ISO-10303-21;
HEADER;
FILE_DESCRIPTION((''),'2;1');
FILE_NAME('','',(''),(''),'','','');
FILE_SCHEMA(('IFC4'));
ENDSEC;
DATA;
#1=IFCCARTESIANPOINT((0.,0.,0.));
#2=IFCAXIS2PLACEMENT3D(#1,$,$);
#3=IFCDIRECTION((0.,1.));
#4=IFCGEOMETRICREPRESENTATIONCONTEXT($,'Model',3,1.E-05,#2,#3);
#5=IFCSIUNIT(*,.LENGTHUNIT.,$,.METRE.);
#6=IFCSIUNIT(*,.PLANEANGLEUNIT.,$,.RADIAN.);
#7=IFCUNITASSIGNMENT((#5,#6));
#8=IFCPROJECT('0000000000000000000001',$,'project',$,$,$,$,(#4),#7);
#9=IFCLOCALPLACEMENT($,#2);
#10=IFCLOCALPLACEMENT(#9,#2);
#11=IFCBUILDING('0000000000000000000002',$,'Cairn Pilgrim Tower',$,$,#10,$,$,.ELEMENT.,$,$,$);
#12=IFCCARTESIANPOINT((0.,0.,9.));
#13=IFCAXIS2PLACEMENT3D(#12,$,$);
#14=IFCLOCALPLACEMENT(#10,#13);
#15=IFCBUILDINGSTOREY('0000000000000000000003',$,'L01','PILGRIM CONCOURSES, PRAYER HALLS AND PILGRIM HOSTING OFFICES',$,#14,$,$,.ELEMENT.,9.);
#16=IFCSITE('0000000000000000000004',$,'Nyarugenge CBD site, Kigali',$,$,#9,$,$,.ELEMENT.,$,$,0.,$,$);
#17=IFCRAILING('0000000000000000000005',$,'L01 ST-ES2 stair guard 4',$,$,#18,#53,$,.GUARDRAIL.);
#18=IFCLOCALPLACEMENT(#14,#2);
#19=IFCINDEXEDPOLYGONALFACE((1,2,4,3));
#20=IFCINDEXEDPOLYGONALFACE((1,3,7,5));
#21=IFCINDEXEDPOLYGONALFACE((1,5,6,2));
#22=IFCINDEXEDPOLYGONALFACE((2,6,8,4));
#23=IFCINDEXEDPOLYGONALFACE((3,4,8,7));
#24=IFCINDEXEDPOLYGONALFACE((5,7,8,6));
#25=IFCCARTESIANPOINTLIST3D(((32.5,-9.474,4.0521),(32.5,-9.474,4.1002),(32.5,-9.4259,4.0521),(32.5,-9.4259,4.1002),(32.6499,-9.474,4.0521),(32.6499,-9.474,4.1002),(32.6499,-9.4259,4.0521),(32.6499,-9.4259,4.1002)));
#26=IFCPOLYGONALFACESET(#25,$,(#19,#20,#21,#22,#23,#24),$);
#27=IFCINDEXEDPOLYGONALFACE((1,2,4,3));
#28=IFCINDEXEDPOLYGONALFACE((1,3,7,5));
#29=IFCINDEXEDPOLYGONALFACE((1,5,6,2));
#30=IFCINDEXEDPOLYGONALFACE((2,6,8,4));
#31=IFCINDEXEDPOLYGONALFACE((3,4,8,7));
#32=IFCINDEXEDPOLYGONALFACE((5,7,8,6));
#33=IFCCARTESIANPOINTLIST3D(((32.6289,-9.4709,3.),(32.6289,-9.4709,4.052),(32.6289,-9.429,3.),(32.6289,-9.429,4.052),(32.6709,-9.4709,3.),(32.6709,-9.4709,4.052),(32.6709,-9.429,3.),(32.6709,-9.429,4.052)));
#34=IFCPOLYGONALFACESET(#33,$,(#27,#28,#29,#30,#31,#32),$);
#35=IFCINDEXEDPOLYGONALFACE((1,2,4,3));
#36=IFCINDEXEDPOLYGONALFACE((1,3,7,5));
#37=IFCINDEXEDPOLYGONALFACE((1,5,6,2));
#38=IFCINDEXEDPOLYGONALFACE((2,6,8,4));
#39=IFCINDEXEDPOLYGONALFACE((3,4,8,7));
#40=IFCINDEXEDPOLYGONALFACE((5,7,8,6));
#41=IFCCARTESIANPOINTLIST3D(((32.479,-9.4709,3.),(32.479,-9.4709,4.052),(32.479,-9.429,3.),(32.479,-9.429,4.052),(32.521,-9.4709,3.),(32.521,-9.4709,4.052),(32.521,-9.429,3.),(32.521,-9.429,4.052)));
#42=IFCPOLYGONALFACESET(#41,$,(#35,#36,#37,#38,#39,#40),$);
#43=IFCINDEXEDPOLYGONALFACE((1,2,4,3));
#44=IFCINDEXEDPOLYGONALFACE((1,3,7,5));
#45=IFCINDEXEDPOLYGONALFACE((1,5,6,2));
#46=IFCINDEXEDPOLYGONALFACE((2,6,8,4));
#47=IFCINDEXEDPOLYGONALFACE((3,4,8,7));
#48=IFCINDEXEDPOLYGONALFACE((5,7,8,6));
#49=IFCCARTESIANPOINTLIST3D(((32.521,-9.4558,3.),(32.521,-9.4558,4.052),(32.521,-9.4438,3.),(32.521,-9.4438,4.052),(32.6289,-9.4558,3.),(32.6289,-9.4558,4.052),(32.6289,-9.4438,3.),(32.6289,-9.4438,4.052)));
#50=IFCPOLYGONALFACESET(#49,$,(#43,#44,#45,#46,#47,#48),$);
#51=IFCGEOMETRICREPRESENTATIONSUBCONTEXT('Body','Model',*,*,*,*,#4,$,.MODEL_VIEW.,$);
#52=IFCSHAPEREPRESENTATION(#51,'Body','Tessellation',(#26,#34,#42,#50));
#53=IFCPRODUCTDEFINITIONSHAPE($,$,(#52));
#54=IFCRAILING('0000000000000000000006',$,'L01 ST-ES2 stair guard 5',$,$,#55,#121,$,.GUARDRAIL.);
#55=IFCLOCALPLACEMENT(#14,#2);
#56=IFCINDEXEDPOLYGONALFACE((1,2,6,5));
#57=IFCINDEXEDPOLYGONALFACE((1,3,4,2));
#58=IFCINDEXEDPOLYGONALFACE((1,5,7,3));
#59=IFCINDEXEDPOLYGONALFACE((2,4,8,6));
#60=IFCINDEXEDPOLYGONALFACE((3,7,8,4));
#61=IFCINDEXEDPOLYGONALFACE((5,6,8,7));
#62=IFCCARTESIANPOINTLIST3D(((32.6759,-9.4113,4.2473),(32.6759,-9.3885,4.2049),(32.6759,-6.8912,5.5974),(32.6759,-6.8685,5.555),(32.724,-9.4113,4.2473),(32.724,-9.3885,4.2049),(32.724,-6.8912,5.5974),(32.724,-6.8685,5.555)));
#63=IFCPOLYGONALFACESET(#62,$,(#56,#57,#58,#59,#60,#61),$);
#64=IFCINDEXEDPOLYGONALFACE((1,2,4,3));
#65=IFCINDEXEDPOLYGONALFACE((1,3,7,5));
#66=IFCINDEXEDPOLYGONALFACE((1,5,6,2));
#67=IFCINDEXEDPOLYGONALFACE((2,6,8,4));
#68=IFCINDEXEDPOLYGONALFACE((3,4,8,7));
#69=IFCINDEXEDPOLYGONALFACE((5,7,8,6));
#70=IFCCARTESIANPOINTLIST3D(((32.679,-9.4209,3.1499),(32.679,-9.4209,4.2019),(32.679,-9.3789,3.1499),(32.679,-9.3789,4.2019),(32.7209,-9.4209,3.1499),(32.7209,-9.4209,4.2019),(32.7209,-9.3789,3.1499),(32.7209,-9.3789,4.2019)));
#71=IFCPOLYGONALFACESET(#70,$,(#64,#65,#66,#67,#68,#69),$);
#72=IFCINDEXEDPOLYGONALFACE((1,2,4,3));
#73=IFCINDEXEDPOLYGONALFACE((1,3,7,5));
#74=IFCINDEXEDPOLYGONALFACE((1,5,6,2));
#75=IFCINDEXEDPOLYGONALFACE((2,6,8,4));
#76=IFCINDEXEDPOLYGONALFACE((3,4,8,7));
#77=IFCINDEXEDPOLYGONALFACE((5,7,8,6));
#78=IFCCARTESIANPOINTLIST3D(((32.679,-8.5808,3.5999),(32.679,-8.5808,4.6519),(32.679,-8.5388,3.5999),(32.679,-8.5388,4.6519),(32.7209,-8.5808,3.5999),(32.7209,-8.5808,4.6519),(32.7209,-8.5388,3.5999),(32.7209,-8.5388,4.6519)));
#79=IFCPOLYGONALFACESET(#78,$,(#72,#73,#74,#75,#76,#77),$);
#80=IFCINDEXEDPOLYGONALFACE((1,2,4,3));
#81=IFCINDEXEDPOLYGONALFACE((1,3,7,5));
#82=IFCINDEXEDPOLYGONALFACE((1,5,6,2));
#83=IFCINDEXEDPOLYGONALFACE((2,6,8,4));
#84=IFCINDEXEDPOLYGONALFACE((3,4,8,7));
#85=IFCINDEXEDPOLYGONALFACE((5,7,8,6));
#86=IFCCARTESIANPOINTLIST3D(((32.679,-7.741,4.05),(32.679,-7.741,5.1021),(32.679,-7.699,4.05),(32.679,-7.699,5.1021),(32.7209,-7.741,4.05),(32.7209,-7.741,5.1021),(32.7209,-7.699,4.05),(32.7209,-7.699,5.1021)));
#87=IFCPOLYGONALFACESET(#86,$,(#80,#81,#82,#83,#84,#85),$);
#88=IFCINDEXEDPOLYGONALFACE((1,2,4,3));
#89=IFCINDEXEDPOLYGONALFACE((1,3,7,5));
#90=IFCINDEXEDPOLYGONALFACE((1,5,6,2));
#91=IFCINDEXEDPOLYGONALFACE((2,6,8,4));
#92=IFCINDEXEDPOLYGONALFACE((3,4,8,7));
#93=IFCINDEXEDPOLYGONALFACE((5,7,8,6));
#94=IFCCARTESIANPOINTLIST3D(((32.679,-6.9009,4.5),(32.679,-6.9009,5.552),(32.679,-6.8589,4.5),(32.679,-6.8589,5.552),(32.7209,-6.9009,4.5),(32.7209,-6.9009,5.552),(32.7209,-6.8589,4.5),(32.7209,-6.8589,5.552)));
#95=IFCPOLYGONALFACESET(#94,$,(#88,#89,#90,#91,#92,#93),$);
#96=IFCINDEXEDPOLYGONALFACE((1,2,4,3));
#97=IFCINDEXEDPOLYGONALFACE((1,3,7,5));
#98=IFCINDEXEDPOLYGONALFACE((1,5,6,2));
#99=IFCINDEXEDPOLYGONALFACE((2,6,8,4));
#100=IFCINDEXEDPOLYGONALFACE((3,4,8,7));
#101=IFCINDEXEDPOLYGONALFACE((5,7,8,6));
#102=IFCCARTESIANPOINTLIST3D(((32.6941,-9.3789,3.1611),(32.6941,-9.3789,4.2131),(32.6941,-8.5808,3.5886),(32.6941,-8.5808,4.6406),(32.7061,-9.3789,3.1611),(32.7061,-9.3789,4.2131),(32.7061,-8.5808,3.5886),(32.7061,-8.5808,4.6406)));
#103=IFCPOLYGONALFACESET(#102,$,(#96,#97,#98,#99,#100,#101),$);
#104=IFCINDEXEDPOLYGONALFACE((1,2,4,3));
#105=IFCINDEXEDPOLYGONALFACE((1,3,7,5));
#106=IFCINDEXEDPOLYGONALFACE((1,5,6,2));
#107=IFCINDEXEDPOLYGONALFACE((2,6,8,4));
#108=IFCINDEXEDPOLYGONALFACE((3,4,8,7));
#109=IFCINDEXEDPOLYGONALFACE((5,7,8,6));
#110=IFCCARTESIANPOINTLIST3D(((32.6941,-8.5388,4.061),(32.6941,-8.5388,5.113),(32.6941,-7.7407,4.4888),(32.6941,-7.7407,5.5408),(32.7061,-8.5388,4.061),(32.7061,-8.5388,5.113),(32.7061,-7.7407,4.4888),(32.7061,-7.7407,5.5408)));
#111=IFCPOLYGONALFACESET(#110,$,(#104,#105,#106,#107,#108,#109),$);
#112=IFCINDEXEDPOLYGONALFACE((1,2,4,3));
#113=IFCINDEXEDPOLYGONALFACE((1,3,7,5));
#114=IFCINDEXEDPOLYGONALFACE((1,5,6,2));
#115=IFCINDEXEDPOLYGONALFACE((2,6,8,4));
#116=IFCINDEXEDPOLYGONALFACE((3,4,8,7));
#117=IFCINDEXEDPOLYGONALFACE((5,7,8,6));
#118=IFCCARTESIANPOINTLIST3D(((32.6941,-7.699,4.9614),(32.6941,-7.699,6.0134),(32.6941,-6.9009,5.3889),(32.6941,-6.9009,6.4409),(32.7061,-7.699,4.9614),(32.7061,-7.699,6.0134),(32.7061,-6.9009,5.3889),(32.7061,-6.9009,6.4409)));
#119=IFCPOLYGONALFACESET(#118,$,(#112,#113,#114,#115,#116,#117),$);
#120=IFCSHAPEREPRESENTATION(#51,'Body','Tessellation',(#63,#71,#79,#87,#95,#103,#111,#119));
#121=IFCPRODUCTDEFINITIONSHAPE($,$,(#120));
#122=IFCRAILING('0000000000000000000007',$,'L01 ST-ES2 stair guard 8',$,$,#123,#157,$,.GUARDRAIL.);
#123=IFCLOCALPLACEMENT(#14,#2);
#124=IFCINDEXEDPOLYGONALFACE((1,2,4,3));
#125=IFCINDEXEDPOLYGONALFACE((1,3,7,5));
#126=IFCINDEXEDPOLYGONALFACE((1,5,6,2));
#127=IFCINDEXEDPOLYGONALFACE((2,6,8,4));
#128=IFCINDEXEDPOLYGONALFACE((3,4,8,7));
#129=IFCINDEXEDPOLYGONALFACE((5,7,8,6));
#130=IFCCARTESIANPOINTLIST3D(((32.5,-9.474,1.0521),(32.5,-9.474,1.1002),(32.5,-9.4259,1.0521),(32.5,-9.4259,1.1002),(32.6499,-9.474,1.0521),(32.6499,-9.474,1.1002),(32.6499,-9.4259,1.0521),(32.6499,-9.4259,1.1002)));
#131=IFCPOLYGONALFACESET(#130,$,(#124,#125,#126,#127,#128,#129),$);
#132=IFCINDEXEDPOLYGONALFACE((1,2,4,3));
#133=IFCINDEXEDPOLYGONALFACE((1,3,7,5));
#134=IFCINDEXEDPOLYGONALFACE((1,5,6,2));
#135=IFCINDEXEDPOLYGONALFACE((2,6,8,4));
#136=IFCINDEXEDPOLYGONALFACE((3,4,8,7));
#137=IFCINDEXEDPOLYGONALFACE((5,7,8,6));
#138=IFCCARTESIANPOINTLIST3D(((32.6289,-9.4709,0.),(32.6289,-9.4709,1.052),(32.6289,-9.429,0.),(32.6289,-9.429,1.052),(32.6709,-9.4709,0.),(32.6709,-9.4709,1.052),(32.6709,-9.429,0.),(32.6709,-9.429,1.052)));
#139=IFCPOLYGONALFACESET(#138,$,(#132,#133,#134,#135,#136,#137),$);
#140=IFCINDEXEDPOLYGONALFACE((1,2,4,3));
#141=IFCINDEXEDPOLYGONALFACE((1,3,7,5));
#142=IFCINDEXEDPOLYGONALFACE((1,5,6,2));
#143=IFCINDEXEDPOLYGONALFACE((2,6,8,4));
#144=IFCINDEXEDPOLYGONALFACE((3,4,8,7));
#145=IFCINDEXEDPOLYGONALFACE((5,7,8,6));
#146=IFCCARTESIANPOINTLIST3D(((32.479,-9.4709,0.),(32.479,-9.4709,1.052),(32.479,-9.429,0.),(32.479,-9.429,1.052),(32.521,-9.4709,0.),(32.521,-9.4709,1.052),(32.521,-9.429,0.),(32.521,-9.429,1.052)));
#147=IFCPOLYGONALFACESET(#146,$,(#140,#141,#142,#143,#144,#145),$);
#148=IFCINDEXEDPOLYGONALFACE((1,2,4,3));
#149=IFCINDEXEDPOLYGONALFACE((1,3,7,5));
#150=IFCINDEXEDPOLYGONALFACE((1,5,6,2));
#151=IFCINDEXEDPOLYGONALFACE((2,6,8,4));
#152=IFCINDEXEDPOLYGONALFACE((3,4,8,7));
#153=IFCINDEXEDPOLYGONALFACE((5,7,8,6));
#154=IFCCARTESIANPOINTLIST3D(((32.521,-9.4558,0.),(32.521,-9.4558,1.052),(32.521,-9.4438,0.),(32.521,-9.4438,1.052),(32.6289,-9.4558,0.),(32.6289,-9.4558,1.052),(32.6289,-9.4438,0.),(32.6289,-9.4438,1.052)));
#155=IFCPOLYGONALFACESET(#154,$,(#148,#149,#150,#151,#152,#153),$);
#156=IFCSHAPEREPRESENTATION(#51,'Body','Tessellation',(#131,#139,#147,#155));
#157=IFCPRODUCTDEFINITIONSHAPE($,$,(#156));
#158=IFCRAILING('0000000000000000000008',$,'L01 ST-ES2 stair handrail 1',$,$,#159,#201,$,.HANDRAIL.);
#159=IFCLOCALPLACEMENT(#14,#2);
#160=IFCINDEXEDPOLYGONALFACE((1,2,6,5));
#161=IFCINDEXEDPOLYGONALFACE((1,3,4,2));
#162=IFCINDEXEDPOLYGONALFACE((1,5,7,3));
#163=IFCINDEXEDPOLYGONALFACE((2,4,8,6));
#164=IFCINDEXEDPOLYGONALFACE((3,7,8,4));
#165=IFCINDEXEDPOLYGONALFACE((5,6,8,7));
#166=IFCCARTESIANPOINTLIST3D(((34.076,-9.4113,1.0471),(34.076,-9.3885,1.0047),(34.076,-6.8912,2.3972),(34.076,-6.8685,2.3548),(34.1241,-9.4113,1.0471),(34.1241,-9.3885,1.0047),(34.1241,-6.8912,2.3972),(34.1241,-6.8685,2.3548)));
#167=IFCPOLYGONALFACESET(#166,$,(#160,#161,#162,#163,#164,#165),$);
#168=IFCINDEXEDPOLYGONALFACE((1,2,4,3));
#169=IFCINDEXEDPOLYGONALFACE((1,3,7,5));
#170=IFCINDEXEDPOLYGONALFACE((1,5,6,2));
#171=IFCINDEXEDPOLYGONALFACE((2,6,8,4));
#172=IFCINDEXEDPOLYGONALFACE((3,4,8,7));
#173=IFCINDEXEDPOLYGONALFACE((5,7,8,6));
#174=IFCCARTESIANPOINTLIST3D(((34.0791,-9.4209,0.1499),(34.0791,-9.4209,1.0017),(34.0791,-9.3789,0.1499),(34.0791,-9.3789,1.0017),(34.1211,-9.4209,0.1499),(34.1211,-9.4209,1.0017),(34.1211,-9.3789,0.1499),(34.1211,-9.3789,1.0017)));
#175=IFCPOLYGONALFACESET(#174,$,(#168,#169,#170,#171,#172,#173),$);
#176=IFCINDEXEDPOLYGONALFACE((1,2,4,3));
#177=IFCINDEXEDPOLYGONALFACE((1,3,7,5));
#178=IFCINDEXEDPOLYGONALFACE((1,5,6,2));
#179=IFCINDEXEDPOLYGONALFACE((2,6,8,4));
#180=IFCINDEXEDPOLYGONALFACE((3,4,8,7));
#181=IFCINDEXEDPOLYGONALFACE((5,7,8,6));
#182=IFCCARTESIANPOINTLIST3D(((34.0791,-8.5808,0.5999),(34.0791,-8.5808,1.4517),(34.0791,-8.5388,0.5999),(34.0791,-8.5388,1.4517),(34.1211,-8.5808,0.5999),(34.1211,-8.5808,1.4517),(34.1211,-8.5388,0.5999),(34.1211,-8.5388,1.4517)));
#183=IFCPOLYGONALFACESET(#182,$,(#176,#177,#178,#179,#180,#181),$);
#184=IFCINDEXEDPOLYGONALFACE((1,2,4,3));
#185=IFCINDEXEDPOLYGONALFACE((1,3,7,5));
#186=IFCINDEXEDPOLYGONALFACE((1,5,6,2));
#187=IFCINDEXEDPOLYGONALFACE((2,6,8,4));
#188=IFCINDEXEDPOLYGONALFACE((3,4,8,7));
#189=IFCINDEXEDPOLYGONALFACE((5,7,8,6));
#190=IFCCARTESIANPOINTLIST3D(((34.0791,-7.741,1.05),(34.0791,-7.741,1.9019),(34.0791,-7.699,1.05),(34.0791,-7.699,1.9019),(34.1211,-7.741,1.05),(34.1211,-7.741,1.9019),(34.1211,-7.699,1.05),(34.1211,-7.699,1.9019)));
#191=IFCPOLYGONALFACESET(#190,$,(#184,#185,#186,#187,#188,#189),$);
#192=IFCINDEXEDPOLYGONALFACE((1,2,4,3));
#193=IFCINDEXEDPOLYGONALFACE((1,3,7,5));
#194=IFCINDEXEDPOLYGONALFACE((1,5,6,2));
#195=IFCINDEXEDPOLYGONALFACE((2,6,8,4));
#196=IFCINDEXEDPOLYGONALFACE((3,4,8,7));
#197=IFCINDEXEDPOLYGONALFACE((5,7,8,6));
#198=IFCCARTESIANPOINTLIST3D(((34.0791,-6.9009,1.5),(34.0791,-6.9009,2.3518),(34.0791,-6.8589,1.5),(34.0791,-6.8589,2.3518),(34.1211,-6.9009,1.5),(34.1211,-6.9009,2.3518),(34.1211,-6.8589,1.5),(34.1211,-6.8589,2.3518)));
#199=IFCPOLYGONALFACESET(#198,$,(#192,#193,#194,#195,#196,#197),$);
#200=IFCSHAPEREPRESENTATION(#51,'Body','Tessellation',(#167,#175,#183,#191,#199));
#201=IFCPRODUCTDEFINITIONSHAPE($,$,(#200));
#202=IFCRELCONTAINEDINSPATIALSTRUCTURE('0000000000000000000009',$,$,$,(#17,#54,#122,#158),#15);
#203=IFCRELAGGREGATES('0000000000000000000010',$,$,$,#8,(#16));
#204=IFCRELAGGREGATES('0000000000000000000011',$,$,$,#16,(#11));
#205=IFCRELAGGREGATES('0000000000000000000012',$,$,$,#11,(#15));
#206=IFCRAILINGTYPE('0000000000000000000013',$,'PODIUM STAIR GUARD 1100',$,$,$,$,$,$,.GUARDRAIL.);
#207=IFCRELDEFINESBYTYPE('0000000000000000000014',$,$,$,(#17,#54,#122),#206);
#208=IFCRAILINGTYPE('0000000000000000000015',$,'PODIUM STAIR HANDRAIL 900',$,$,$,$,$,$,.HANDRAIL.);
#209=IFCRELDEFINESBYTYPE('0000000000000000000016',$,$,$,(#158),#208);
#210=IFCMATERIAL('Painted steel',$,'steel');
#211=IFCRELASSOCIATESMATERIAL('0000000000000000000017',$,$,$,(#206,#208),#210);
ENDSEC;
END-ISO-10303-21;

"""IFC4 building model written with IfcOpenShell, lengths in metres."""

from ifc_helpers import new_model, si_unit, direction, frame, origin, origin_2d, place, context, subcontext, project, spatial, polyline, rectangle, outline, extrude, material, type_object, element, save


model = new_model("IFC4")

# Units and contexts
model_context = context("Model", 3, precision=1e-05, world=origin(), true_north=direction((0.0, 1.0)))
body_context = subcontext(model_context, "Body", "Model", "MODEL_VIEW")
ifc_project = project(units=[si_unit("LENGTHUNIT", "METRE"), si_unit("PLANEANGLEUNIT", "RADIAN")], contexts=[model_context])

# Site, building, storey
site_placement = place(None, origin())
site = spatial("IfcSite", under=ifc_project, at=site_placement, Name="Nyarugenge CBD site, Kigali", CompositionType="ELEMENT", RefElevation=0.0)
building_placement = place(site_placement, origin())
building = spatial("IfcBuilding", under=site, at=building_placement, Name="Cairn Pilgrim Tower", CompositionType="ELEMENT")
storey_placement = place(building_placement, frame((0.0, 0.0, 9.0)))
storey = spatial("IfcBuildingStorey", under=building, at=storey_placement, Name="L01", Description="PILGRIM CONCOURSES, PRAYER HALLS AND PILGRIM HOSTING OFFICES", CompositionType="ELEMENT", Elevation=9.0)

# Railings
ifc_material_1 = material(Name="Painted steel", Category="steel")
railing_type_1 = type_object("IfcRailingType", Name="PODIUM STAIR GUARD 1100", PredefinedType="GUARDRAIL", material=ifc_material_1)
railing_1_placement = place(storey_placement, frame((32.6499, -9.45, 3.0)))
element("IfcRailing", 1, at=railing_1_placement, inside=storey, type_object=railing_type_1, Name="L01 ST-ES2 stair guard 4", PredefinedType="GUARDRAIL", context=body_context, shape_type="SweptSolid", body=[
    extrude(rectangle(XDim=0.0481, YDim=0.0481, at=origin_2d()), frame((0.0, 0.0, 1.0762), z_axis=(-1.0, 0.0, 0.0), x_axis=(0.0, -1.0, 0.0)), (0.0, 0.0, 1.0), 0.1499),
    extrude(rectangle(XDim=0.042, YDim=0.042, at=origin_2d()), origin(), (0.0, 0.0, 1.0), 1.052),
    extrude(rectangle(XDim=0.042, YDim=0.042, at=origin_2d()), frame((-0.1499, 0.0, 0.0)), (0.0, 0.0, 1.0), 1.052),
    extrude(outline(polyline([(0.021, 0.0), (0.1289, 0.0), (0.1289, 1.052), (0.021, 1.052), (0.021, 0.0)])), frame((0.0, -0.0059, 0.0), z_axis=(0.0, 1.0, 0.0), x_axis=(-1.0, 0.0, 0.0)), (0.0, 0.0, 1.0), 0.012),
])
railing_2_placement = place(storey_placement, frame((32.7, -9.3999, 3.1499)))
element("IfcRailing", 2, at=railing_2_placement, inside=storey, type_object=railing_type_1, Name="L01 ST-ES2 stair guard 5", PredefinedType="GUARDRAIL", context=body_context, shape_type="SweptSolid", body=[
    extrude(rectangle(XDim=0.0481, YDim=0.0481, at=origin_2d()), frame((0.0, 0.0, 1.0762), z_axis=(0.0, 0.881467, 0.472245), x_axis=(-1.0, 0.0, 0.0)), (0.0, 0.0, 1.0), 2.8589),
    extrude(rectangle(XDim=0.042, YDim=0.042, at=origin_2d()), origin(), (0.0, 0.0, 1.0), 1.052),
    extrude(rectangle(XDim=0.042, YDim=0.042, at=origin_2d()), frame((0.0, 0.8401, 0.45)), (0.0, 0.0, 1.0), 1.052),
    extrude(rectangle(XDim=0.042, YDim=0.042, at=origin_2d()), frame((0.0, 1.6799, 0.9001)), (0.0, 0.0, 1.0), 1.052),
    extrude(rectangle(XDim=0.042, YDim=0.042, at=origin_2d()), frame((0.0, 2.52, 1.3501)), (0.0, 0.0, 1.0), 1.052),
    extrude(outline(polyline([(0.021, 0.0112), (0.8191, 0.4387), (0.8191, 1.4907), (0.021, 1.0632), (0.021, 0.0112)])), frame((-0.0059, 0.0, 0.0), z_axis=(1.0, 0.0, 0.0), x_axis=(0.0, 1.0, 0.0)), (0.0, 0.0, 1.0), 0.012),
    extrude(outline(polyline([(0.021, 0.4612), (0.8191, 0.8889), (0.8191, 1.9409), (0.021, 1.5132), (0.021, 0.4612)])), frame((-0.0059, 0.8401, 0.45), z_axis=(1.0, 0.0, 0.0), x_axis=(0.0, 1.0, 0.0)), (0.0, 0.0, 1.0), 0.012),
    extrude(outline(polyline([(0.021, 0.9114), (0.8191, 1.3389), (0.8191, 2.3909), (0.021, 1.9634), (0.021, 0.9114)])), frame((-0.0059, 1.6799, 0.9001), z_axis=(1.0, 0.0, 0.0), x_axis=(0.0, 1.0, 0.0)), (0.0, 0.0, 1.0), 0.012),
])
railing_3_placement = place(storey_placement, frame((32.6499, -9.45, 0.0)))
element("IfcRailing", 3, at=railing_3_placement, inside=storey, type_object=railing_type_1, Name="L01 ST-ES2 stair guard 8", PredefinedType="GUARDRAIL", context=body_context, shape_type="SweptSolid", body=[
    extrude(rectangle(XDim=0.0481, YDim=0.0481, at=origin_2d()), frame((0.0, 0.0, 1.0762), z_axis=(-1.0, 0.0, 0.0), x_axis=(0.0, -1.0, 0.0)), (0.0, 0.0, 1.0), 0.1499),
    extrude(rectangle(XDim=0.042, YDim=0.042, at=origin_2d()), origin(), (0.0, 0.0, 1.0), 1.052),
    extrude(rectangle(XDim=0.042, YDim=0.042, at=origin_2d()), frame((-0.1499, 0.0, 0.0)), (0.0, 0.0, 1.0), 1.052),
    extrude(outline(polyline([(0.021, 0.0), (0.1289, 0.0), (0.1289, 1.052), (0.021, 1.052), (0.021, 0.0)])), frame((0.0, -0.0059, 0.0), z_axis=(0.0, 1.0, 0.0), x_axis=(-1.0, 0.0, 0.0)), (0.0, 0.0, 1.0), 0.012),
])
railing_type_2 = type_object("IfcRailingType", Name="PODIUM STAIR HANDRAIL 900", PredefinedType="HANDRAIL", material=ifc_material_1)
railing_4_placement = place(storey_placement, frame((34.1001, -9.3999, 0.1499)))
element("IfcRailing", 4, at=railing_4_placement, inside=storey, type_object=railing_type_2, Name="L01 ST-ES2 stair handrail 1", PredefinedType="HANDRAIL", context=body_context, shape_type="SweptSolid", body=[
    extrude(rectangle(XDim=0.0481, YDim=0.0481, at=origin_2d()), frame((0.0, 0.0, 0.876), z_axis=(0.0, 0.881467, 0.472245), x_axis=(-1.0, 0.0, 0.0)), (0.0, 0.0, 1.0), 2.8589),
    extrude(rectangle(XDim=0.042, YDim=0.042, at=origin_2d()), origin(), (0.0, 0.0, 1.0), 0.8518),
    extrude(rectangle(XDim=0.042, YDim=0.042, at=origin_2d()), frame((0.0, 0.8401, 0.45)), (0.0, 0.0, 1.0), 0.8518),
    extrude(rectangle(XDim=0.042, YDim=0.042, at=origin_2d()), frame((0.0, 1.6799, 0.9001)), (0.0, 0.0, 1.0), 0.8518),
    extrude(rectangle(XDim=0.042, YDim=0.042, at=origin_2d()), frame((0.0, 2.52, 1.3501)), (0.0, 0.0, 1.0), 0.8518),
])

save(model, "model.ifc")
